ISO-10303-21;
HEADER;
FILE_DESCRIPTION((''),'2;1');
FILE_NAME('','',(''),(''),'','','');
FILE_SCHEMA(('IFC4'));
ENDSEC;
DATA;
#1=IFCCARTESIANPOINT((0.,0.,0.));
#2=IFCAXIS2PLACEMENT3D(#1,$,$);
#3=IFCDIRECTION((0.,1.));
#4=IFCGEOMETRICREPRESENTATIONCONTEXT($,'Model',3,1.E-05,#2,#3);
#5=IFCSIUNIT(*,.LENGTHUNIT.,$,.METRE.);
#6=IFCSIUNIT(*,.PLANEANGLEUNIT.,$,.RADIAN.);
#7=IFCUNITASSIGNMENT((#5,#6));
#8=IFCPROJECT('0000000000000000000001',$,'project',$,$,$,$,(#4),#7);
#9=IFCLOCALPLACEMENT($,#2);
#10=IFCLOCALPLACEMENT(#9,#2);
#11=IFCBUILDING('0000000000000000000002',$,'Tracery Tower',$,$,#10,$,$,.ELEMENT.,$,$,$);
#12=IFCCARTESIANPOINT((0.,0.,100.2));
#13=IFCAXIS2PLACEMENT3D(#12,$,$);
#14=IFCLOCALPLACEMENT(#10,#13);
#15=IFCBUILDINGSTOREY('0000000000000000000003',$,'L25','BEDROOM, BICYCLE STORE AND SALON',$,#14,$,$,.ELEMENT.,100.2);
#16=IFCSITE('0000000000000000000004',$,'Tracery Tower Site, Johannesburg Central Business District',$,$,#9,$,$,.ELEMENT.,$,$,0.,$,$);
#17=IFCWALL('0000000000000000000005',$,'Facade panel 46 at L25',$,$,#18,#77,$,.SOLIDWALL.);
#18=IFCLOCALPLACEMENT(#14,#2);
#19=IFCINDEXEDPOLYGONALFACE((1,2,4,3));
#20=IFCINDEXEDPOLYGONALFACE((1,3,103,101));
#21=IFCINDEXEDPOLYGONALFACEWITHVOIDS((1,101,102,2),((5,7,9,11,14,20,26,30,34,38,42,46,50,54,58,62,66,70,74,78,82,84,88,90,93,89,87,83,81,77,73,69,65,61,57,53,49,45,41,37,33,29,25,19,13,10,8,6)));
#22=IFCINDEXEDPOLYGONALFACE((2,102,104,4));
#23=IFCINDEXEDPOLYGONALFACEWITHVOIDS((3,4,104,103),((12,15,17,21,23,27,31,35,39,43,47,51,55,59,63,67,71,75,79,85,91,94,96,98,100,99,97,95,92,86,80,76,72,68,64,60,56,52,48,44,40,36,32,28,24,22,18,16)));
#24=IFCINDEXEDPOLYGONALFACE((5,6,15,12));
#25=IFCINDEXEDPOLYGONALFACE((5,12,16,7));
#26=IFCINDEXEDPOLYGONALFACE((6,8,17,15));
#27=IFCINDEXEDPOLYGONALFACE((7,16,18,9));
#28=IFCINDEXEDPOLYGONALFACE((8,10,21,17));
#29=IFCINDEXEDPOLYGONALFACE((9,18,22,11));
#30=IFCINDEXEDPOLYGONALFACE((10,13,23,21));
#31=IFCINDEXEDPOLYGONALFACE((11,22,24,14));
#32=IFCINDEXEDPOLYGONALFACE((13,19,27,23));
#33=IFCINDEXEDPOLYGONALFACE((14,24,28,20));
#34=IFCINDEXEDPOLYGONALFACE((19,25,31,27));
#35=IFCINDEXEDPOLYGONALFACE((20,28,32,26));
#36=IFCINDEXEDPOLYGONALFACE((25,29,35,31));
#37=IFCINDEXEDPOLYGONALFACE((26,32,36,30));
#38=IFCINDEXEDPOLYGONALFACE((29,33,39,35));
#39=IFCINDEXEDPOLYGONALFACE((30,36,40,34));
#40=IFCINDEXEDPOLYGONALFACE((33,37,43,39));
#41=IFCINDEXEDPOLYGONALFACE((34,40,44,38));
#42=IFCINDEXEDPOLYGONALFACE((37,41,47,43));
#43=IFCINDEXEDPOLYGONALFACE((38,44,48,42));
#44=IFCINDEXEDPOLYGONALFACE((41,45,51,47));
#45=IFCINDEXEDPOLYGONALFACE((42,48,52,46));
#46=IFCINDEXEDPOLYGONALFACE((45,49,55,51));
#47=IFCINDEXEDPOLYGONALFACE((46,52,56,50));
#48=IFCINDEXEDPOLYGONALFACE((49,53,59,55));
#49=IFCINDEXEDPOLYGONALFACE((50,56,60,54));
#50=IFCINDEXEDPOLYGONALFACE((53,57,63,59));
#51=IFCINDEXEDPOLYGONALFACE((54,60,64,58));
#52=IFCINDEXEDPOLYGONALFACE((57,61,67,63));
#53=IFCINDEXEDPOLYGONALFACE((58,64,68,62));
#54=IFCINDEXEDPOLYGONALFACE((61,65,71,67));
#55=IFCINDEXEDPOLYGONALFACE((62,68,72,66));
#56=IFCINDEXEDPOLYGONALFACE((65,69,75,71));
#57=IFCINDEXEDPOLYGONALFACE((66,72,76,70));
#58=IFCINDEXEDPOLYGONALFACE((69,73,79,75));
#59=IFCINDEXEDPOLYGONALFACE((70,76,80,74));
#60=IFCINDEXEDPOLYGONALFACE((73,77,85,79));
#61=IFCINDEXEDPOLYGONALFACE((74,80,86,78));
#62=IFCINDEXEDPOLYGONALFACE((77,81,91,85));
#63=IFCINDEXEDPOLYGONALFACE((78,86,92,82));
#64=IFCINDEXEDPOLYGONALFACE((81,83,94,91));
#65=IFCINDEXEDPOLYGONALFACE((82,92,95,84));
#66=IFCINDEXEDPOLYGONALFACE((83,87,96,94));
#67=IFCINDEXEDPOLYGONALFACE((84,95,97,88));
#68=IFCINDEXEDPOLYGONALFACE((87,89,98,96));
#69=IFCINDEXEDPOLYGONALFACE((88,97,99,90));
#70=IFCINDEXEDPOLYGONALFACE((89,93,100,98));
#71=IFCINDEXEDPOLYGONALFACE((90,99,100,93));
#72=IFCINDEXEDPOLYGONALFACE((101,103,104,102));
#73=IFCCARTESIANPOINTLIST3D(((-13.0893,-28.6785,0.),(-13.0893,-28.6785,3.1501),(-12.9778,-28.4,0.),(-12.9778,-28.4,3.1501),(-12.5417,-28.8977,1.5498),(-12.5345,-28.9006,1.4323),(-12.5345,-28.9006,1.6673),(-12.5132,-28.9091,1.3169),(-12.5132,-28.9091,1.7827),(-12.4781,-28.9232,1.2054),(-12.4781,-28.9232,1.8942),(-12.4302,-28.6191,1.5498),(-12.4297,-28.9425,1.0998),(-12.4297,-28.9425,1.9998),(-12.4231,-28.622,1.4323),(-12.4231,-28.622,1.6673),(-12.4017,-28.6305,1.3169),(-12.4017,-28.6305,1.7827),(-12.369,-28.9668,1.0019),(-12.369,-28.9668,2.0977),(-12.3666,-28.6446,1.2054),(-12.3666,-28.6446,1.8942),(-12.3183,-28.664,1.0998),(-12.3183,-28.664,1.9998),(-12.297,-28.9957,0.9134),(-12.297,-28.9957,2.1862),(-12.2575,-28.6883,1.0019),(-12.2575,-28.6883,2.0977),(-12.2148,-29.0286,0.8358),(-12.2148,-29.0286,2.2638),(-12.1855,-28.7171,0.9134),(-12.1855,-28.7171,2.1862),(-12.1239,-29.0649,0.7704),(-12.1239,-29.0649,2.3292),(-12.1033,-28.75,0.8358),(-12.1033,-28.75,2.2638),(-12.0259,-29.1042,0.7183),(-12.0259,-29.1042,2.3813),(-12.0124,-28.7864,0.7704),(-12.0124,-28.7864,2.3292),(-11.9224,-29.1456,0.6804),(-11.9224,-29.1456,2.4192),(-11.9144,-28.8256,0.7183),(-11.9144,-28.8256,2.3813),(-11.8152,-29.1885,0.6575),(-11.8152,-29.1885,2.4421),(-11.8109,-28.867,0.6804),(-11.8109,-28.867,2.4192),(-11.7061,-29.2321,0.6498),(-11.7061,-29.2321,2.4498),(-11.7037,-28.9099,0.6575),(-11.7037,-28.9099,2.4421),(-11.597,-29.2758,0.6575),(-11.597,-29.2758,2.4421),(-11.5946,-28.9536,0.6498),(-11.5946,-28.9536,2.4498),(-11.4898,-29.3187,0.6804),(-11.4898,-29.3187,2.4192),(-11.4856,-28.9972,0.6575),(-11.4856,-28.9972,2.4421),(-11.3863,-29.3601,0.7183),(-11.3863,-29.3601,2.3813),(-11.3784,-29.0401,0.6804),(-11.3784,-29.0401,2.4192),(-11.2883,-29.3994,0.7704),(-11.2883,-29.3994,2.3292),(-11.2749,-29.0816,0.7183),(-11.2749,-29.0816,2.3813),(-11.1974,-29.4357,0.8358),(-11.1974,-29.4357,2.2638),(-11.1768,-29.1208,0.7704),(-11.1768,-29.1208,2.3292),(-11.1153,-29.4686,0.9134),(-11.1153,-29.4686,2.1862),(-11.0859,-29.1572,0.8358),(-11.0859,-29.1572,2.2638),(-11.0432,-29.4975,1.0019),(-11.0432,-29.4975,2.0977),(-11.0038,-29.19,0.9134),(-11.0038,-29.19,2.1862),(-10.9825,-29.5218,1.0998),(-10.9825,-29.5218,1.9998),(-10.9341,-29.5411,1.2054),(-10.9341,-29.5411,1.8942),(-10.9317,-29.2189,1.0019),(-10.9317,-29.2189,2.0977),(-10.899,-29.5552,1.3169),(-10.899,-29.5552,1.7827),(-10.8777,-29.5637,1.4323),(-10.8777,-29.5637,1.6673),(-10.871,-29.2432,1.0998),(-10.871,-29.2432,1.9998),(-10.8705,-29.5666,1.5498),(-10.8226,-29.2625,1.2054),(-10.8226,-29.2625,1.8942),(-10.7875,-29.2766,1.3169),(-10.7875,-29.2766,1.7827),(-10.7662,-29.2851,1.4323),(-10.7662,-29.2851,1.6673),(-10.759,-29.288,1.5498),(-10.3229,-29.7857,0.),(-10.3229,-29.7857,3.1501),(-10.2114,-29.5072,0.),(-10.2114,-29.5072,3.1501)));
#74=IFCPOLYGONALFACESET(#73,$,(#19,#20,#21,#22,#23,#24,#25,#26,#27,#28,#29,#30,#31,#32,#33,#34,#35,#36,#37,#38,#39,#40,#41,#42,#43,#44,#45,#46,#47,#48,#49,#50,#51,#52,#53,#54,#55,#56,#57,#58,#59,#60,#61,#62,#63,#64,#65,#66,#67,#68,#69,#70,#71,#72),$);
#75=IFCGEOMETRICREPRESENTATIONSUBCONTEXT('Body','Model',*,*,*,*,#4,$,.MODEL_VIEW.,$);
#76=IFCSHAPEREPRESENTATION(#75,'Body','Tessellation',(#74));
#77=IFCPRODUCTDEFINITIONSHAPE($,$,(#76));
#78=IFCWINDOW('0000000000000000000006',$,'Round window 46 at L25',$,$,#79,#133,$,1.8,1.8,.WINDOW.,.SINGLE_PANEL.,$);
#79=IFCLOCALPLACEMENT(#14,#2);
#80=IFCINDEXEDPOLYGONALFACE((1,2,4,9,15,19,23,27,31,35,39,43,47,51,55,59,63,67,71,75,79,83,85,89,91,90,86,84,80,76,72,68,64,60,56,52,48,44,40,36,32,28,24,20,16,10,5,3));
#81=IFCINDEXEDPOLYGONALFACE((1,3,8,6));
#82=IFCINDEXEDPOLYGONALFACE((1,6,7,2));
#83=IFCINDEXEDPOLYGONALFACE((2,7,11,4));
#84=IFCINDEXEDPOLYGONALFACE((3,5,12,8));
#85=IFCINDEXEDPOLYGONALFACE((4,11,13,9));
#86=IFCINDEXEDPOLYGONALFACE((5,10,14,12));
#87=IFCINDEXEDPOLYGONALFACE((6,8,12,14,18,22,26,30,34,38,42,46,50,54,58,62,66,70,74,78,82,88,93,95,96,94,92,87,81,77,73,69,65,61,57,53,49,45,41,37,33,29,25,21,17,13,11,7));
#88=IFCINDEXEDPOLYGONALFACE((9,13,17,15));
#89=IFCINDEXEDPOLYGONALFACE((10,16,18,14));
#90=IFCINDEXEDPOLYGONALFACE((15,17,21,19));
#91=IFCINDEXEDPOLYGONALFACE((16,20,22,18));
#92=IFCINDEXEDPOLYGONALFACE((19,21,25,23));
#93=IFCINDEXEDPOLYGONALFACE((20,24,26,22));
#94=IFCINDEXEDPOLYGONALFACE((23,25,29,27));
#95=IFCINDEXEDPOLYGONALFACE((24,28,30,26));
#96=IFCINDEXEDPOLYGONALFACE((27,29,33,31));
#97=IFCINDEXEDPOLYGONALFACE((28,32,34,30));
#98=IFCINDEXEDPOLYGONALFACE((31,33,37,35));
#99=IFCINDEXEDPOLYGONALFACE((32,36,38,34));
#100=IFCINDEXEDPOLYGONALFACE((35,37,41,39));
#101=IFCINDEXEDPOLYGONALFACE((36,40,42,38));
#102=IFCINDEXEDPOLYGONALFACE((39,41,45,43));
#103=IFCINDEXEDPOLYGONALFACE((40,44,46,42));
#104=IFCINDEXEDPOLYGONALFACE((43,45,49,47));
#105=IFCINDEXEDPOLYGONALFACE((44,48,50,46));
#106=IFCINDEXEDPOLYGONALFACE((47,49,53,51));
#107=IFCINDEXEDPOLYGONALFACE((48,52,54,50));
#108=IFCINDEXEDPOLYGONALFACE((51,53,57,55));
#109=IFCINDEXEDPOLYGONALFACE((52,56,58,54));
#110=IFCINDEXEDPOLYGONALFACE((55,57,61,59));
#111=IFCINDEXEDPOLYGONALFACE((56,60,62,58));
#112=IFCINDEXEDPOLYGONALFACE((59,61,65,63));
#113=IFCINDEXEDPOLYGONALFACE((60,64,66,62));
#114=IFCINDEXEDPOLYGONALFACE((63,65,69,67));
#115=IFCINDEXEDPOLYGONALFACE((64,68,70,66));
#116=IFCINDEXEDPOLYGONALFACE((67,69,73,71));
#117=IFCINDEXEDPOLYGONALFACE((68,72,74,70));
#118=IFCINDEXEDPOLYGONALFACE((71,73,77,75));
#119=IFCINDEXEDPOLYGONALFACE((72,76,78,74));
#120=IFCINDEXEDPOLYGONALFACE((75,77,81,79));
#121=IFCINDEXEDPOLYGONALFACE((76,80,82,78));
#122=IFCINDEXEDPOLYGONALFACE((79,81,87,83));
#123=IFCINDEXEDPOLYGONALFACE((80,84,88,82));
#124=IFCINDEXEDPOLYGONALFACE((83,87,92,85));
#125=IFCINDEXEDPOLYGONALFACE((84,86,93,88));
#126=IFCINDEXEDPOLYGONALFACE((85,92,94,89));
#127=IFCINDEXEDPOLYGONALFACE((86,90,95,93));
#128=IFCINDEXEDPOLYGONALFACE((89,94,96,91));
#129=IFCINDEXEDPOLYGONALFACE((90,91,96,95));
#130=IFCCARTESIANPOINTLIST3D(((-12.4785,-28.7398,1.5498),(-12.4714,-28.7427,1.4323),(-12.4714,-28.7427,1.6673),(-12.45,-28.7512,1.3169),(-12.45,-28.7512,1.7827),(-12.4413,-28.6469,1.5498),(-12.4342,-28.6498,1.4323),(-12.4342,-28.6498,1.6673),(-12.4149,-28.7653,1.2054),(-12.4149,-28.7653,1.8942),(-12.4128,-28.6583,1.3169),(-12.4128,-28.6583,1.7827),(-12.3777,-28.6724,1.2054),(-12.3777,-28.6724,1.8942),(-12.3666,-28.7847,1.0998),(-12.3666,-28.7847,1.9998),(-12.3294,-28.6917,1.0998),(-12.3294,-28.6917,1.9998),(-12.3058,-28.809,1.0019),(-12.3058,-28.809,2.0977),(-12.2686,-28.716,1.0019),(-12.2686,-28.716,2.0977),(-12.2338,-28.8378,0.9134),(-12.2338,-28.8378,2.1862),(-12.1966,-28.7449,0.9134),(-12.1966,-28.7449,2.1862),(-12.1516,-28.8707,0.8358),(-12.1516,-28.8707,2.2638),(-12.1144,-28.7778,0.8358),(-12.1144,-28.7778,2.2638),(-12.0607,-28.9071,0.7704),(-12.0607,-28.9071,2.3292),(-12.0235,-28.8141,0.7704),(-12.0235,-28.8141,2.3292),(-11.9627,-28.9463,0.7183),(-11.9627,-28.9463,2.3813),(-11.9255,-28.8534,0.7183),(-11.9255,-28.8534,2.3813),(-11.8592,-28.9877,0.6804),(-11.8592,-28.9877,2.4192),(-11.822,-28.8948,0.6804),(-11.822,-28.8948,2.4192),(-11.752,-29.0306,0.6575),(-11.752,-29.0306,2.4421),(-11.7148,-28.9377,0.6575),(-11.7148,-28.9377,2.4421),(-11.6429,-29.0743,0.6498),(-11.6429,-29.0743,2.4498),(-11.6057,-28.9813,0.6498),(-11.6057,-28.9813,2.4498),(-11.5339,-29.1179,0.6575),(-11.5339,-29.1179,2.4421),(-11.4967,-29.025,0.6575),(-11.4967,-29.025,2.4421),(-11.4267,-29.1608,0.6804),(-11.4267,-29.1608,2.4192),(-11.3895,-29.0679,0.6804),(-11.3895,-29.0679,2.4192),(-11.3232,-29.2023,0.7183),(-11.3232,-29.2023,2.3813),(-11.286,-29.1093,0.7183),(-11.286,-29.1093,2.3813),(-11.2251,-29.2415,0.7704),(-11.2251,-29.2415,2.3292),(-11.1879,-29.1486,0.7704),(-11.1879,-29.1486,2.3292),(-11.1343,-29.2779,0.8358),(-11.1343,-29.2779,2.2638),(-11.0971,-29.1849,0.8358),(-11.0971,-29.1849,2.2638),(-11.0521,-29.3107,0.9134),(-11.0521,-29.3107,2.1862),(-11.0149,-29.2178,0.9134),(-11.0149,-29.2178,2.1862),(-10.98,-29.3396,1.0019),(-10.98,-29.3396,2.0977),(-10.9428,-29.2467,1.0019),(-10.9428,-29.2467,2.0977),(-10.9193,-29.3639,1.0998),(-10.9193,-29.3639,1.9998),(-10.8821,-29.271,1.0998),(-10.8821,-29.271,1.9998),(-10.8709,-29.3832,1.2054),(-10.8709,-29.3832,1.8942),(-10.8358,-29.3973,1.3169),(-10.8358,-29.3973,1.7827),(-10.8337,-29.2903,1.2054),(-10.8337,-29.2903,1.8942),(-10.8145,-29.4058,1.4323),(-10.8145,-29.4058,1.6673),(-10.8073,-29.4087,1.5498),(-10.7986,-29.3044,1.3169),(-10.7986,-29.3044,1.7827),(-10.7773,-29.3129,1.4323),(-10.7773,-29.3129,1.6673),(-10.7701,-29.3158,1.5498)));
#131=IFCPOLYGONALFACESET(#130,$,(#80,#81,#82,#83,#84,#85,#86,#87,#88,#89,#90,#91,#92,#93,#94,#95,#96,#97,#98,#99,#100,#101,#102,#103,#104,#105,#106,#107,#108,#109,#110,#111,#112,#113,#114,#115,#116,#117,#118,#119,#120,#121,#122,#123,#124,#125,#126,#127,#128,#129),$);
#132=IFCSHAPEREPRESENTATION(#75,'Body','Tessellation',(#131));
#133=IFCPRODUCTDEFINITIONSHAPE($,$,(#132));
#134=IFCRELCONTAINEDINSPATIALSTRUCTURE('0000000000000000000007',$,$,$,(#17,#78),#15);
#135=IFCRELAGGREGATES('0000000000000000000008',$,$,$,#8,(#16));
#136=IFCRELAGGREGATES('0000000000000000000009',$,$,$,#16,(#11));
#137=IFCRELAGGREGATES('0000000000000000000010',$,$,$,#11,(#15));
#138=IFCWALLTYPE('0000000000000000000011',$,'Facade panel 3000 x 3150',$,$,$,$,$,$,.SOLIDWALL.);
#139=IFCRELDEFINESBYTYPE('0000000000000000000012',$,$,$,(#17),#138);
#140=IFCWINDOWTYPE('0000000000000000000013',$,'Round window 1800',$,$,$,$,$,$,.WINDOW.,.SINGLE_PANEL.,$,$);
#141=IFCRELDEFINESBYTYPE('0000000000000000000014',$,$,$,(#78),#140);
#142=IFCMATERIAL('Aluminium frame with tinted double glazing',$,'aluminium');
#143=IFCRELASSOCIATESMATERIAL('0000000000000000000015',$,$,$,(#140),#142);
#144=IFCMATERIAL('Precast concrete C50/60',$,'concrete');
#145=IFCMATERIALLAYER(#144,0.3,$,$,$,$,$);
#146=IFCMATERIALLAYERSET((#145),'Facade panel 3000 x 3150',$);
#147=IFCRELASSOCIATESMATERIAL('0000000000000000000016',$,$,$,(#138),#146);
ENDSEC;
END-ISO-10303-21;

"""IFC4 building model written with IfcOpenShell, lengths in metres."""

from ifc_helpers import new_model, si_unit, direction, frame, frame_2d, origin, origin_2d, place, context, subcontext, project, spatial, rectangle, circle, extrude, material, layer, layer_set, type_object, element, fill, save


model = new_model("IFC4")

# Units and contexts
model_context = context("Model", 3, precision=1e-05, world=origin(), true_north=direction((0.0, 1.0)))
body_context = subcontext(model_context, "Body", "Model", "MODEL_VIEW")
ifc_project = project(units=[si_unit("LENGTHUNIT", "METRE"), si_unit("PLANEANGLEUNIT", "RADIAN")], contexts=[model_context])

# Site, building, storey
site_placement = place(None, origin())
site = spatial("IfcSite", under=ifc_project, at=site_placement, Name="Tracery Tower Site, Johannesburg Central Business District", CompositionType="ELEMENT", RefElevation=0.0)
building_placement = place(site_placement, origin())
building = spatial("IfcBuilding", under=site, at=building_placement, Name="Tracery Tower", CompositionType="ELEMENT")
storey_placement = place(building_placement, frame((0.0, 0.0, 100.2)))
storey = spatial("IfcBuildingStorey", under=building, at=storey_placement, Name="L25", Description="BEDROOM, BICYCLE STORE AND SALON", CompositionType="ELEMENT", Elevation=100.2)

# Wall, opening, window
ifc_material_1 = material(Name="Aluminium frame with tinted double glazing", Category="aluminium")
window_type = type_object("IfcWindowType", Name="Round window 1800", PartitioningType="SINGLE_PANEL", PredefinedType="WINDOW", material=ifc_material_1)
ifc_material_2 = material(Name="Precast concrete C50/60", Category="concrete")
ifc_layer_1 = layer(ifc_material_2, 0.3)
ifc_layer_set_1 = layer_set([ifc_layer_1], Name="Facade panel 3000 x 3150")
wall_type_1 = type_object("IfcWallType", Name="Facade panel 3000 x 3150", PredefinedType="SOLIDWALL", material=ifc_layer_set_1)
wall_1_placement = place(storey_placement, frame((-13.0334, -28.5393, 0.0), z_axis=(0.0, 0.0, 1.0), x_axis=(0.928403, -0.371574, 0.0)))
wall_1 = element("IfcWall", 1, at=wall_1_placement, inside=storey, type_object=wall_type_1, Name="Facade panel 46 at L25", PredefinedType="SOLIDWALL", context=body_context, shape_type="SweptSolid", body=[
    extrude(rectangle(XDim=2.9797, YDim=0.3, at=frame_2d((1.4897, 0.0))), origin(), (0.0, 0.0, 1.0), 3.1501),
])
opening_1_placement = place(wall_1_placement, frame((1.4897, 0.0, 1.5498)))
opening_1 = element("IfcOpeningElement", 2, at=opening_1_placement, cuts=wall_1, PredefinedType="OPENING", context=body_context, shape_type="SweptSolid", body=[
    extrude(circle(Radius=0.9, at=origin_2d()), frame((0.0, 0.1599, 0.0), z_axis=(0.0, -1.0, 0.0), x_axis=(1.0, 0.0, 0.0)), (0.0, 0.0, 1.0), 0.3201),
])
window_1_placement = place(opening_1_placement, origin())
window_1 = element("IfcWindow", 3, at=window_1_placement, inside=storey, type_object=window_type, Name="Round window 46 at L25", OverallHeight=1.8, OverallWidth=1.8, PartitioningType="SINGLE_PANEL", PredefinedType="WINDOW", context=body_context, shape_type="SweptSolid", body=[
    extrude(circle(Radius=0.9, at=origin_2d()), frame((0.0, 0.1201, 0.0), z_axis=(0.0, -1.0, 0.0), x_axis=(1.0, 0.0, 0.0)), (0.0, 0.0, 1.0), 0.1001),
])
fill(opening_1, window_1)

save(model, "model.ifc")
